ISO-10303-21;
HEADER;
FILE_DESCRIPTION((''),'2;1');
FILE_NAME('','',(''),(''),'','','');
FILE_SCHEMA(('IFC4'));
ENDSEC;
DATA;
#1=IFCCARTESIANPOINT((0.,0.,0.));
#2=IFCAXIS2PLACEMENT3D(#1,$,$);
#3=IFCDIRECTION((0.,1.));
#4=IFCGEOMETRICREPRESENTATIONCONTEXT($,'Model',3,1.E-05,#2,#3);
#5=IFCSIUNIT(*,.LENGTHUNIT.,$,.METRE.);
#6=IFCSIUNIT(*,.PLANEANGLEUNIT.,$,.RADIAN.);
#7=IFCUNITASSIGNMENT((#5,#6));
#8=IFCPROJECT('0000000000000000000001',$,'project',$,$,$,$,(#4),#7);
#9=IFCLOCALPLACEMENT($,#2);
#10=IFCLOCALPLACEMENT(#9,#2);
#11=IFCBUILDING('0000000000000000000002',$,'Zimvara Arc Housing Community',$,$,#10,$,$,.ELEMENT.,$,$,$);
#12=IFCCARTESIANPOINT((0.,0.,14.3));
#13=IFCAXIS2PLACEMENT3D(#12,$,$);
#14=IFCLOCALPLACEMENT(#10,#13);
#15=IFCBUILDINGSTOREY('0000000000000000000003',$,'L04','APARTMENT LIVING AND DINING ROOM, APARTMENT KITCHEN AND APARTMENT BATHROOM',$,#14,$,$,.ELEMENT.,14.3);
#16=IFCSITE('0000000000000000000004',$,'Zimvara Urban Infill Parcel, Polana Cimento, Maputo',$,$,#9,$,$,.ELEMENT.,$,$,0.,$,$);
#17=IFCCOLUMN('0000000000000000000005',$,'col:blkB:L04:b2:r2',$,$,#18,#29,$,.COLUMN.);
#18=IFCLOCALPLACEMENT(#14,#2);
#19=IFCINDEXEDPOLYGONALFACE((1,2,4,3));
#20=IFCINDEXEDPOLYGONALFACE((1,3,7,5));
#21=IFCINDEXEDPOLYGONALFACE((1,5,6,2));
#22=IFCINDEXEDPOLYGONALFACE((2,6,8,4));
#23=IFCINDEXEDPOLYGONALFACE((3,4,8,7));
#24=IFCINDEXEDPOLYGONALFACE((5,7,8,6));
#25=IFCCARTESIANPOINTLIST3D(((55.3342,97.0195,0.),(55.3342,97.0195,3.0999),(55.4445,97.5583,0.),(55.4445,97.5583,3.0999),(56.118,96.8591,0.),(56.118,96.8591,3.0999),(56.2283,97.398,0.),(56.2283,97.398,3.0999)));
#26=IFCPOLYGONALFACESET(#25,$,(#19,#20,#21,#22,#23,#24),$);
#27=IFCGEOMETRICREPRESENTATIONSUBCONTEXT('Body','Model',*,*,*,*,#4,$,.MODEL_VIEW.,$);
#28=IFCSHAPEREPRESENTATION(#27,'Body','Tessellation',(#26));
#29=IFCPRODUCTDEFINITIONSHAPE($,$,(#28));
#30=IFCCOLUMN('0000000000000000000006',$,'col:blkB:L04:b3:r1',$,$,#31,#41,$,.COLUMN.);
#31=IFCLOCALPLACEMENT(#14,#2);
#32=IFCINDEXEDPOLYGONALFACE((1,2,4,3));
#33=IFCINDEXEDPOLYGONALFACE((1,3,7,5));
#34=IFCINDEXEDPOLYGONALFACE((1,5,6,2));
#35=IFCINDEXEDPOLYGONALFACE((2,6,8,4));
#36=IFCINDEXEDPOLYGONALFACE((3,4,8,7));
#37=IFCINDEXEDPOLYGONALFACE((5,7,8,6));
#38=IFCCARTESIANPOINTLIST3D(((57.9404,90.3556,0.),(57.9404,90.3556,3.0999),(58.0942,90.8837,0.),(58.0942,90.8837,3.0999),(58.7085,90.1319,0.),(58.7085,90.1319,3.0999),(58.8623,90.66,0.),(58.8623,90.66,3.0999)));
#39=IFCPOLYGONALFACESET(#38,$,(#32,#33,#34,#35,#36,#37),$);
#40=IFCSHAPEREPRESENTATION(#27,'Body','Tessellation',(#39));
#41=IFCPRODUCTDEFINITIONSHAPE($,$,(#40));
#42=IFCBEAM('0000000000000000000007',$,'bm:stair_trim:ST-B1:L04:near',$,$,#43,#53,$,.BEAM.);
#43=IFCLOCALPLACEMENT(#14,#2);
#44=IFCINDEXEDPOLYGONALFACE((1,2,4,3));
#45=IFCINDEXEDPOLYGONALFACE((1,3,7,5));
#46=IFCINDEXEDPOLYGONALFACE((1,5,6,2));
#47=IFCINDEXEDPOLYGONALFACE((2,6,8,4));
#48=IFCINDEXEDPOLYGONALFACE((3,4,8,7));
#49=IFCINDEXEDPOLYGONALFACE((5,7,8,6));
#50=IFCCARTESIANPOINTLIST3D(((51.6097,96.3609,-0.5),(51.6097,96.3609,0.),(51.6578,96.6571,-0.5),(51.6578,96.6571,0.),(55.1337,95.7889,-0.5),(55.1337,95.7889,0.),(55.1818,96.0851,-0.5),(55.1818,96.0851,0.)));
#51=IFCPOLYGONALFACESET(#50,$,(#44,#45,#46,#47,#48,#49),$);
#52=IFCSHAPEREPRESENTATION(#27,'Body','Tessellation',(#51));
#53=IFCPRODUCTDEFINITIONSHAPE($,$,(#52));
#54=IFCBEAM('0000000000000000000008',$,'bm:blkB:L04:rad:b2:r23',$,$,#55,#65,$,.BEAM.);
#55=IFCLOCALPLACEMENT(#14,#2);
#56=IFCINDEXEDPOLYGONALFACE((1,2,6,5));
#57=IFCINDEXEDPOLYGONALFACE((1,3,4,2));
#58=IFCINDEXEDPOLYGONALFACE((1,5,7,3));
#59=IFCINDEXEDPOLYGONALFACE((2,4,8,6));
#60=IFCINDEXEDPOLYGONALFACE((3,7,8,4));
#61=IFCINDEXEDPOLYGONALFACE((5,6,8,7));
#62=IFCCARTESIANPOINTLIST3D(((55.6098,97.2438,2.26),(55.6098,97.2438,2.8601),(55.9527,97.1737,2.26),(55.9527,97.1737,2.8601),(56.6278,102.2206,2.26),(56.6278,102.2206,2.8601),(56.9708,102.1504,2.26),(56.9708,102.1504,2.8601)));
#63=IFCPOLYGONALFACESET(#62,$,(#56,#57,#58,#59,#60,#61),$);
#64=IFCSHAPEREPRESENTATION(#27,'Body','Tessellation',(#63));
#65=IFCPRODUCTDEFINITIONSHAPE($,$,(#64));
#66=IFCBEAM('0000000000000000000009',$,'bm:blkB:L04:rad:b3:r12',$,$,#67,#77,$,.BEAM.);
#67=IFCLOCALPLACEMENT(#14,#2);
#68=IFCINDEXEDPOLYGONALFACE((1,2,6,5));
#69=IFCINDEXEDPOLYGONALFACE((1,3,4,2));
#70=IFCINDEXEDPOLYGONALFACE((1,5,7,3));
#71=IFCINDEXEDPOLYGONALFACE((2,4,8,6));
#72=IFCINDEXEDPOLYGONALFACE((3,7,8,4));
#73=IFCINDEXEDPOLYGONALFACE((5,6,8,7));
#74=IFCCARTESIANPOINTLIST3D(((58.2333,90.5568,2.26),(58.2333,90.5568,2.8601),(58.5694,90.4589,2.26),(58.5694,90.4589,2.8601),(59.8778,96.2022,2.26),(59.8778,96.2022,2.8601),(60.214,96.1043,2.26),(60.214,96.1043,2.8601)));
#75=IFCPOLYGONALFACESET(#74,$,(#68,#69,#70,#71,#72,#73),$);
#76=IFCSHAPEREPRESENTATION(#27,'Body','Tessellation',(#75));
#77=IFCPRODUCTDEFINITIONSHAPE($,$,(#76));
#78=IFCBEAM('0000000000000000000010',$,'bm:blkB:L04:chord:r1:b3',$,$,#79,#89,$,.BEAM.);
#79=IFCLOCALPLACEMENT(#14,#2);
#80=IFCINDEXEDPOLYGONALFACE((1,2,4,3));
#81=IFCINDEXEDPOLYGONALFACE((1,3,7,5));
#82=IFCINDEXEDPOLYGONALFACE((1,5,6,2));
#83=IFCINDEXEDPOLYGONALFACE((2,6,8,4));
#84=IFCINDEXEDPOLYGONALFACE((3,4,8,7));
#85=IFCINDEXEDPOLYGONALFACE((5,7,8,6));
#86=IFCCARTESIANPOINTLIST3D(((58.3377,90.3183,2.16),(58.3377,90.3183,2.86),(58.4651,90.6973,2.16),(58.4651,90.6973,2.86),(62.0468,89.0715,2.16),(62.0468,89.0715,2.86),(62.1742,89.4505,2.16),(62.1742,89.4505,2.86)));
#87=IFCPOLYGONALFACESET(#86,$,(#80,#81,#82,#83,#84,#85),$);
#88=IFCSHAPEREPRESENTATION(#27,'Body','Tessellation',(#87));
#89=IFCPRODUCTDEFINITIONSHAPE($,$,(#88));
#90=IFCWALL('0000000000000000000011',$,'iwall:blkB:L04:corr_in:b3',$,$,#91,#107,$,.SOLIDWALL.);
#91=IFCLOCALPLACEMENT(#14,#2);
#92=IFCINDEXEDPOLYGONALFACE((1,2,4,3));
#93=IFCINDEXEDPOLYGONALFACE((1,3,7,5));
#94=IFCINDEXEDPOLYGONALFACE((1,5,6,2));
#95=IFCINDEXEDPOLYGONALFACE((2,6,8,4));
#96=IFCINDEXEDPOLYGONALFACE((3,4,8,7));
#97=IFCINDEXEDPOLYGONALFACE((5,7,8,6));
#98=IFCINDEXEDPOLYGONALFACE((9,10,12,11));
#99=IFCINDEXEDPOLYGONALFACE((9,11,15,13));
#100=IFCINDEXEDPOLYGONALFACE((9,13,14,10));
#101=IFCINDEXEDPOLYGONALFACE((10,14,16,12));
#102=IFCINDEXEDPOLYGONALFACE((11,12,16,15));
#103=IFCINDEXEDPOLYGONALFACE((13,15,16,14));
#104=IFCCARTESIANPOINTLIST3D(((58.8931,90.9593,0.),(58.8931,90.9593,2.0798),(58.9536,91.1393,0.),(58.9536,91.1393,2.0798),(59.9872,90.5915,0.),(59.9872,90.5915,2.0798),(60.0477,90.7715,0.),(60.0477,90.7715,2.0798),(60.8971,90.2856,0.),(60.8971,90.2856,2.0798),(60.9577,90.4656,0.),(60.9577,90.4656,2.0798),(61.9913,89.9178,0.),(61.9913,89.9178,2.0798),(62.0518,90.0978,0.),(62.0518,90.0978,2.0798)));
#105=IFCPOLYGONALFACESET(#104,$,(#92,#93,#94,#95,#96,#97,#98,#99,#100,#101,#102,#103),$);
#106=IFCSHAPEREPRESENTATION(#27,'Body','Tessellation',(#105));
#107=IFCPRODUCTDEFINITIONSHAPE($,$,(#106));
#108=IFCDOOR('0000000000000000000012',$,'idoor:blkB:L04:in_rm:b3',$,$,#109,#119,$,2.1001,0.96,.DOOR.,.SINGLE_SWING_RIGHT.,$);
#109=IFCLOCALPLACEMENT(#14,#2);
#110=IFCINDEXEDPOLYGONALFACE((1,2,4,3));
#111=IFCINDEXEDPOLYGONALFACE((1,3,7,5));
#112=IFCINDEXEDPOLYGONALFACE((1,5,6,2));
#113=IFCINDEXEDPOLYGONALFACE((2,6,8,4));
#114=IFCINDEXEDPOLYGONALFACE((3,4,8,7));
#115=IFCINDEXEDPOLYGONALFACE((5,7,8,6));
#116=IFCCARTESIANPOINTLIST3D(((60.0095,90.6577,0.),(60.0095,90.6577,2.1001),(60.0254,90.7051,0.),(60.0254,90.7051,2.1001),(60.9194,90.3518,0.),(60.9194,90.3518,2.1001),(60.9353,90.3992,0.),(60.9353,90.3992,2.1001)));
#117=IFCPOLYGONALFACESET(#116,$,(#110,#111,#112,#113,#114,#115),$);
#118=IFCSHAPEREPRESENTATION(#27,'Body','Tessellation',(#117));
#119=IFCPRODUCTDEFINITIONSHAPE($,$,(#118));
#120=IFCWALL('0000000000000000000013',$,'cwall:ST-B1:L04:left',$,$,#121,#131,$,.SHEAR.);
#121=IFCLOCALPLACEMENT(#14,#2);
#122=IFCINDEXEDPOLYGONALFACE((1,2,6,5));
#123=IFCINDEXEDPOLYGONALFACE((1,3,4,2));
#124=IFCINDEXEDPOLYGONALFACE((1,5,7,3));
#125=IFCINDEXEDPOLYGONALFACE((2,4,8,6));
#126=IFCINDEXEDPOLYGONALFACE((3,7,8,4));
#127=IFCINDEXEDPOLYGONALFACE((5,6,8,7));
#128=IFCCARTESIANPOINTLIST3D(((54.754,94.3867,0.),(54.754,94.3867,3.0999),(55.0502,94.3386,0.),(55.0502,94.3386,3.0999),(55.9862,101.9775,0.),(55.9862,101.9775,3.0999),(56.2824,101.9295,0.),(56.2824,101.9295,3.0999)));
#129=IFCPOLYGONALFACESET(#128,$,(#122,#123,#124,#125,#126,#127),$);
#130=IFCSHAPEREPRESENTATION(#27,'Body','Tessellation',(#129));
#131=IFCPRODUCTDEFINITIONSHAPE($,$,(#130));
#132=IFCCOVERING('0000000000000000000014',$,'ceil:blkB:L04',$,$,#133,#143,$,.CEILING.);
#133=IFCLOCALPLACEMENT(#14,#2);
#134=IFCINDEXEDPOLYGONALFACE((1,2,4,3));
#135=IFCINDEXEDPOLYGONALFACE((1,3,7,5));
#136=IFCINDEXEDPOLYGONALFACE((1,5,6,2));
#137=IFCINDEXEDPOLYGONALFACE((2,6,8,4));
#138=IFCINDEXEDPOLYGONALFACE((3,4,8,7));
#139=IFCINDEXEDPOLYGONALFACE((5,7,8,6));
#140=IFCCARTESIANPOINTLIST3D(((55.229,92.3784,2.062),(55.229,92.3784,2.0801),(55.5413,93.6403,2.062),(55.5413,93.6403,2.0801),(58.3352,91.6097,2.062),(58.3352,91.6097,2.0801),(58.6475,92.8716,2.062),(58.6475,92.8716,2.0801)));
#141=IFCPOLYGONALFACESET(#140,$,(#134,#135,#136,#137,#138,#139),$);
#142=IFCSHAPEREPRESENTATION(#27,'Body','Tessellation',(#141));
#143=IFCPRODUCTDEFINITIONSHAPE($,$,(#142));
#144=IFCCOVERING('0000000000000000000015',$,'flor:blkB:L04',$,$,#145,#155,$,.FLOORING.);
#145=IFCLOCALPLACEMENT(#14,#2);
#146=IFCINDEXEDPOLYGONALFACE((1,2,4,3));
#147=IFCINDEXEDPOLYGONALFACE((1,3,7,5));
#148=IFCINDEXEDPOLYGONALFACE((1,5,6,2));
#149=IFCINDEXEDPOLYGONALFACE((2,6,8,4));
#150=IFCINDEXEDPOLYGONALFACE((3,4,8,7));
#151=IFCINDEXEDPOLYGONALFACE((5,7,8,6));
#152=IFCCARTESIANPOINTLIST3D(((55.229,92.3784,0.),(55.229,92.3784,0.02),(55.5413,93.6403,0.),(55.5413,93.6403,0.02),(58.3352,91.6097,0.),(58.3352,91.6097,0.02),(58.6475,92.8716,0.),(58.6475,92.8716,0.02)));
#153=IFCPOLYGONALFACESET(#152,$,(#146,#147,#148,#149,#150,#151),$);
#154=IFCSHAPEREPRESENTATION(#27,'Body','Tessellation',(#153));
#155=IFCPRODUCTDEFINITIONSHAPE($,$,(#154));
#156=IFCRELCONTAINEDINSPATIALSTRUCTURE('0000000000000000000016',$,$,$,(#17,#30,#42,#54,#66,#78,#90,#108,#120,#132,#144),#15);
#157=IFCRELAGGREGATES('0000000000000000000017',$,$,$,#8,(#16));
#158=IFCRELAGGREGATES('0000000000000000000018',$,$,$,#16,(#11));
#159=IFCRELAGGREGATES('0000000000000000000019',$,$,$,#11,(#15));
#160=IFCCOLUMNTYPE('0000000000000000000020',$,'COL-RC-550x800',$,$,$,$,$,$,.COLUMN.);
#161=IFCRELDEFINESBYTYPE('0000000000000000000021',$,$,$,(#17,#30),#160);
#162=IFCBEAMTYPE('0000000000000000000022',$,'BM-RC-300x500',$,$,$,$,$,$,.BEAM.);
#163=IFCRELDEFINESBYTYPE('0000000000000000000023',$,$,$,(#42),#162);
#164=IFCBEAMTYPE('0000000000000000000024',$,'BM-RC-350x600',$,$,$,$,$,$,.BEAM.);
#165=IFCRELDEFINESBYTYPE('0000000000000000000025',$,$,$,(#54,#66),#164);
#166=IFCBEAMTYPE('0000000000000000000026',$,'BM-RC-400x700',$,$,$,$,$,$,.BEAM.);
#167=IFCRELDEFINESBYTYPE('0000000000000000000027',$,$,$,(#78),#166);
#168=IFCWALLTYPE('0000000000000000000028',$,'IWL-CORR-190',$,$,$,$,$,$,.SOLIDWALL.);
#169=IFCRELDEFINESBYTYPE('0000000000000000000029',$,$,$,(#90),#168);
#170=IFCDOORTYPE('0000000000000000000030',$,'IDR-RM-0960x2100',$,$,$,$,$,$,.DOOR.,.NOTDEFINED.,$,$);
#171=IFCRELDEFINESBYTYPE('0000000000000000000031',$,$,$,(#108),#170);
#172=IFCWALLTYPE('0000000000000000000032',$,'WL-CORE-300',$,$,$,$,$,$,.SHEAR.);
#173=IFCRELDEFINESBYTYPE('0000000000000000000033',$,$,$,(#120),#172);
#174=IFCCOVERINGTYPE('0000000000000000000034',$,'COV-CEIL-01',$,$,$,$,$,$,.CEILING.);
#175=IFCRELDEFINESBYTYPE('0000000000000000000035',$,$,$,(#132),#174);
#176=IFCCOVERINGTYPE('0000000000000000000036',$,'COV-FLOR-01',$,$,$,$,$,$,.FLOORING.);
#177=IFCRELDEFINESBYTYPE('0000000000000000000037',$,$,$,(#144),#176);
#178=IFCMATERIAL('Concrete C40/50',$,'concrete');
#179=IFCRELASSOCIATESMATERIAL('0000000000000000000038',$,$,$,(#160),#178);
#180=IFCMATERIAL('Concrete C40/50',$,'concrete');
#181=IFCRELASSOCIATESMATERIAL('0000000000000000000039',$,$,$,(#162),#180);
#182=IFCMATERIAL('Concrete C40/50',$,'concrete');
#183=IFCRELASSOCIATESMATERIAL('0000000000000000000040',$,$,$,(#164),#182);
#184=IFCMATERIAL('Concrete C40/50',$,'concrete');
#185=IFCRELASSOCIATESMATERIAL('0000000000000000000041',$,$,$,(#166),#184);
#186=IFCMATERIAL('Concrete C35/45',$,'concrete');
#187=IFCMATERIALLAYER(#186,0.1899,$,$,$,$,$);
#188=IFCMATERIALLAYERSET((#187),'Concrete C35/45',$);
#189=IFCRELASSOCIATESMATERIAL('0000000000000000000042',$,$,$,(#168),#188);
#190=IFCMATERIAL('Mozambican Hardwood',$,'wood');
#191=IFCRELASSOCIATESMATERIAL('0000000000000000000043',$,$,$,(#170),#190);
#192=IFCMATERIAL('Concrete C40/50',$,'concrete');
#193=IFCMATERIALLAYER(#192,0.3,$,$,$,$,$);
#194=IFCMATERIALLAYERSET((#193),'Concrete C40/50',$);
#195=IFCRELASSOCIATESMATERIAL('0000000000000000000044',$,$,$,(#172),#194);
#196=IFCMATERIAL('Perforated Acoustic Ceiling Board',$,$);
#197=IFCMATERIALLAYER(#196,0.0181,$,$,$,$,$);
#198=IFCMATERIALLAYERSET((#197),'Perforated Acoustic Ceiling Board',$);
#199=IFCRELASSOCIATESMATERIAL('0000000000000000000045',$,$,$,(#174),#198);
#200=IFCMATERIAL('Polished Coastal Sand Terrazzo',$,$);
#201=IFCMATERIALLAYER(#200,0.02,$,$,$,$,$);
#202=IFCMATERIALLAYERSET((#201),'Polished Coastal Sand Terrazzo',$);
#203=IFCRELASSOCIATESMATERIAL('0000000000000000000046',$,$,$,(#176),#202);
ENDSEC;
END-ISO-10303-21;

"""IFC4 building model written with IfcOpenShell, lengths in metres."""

from ifc_helpers import new_model, si_unit, direction, frame, frame_2d, origin, origin_2d, place, context, subcontext, project, spatial, rectangle, extrude, material, layer, layer_set, material_profile, profile_set, type_object, element, fill, save


model = new_model("IFC4")

# Units and contexts
model_context = context("Model", 3, precision=1e-05, world=origin(), true_north=direction((0.0, 1.0)))
body_context = subcontext(model_context, "Body", "Model", "MODEL_VIEW")
ifc_project = project(units=[si_unit("LENGTHUNIT", "METRE"), si_unit("PLANEANGLEUNIT", "RADIAN")], contexts=[model_context])

# Site, building, storey
site_placement = place(None, origin())
site = spatial("IfcSite", under=ifc_project, at=site_placement, Name="Zimvara Urban Infill Parcel, Polana Cimento, Maputo", CompositionType="ELEMENT", RefElevation=0.0)
building_placement = place(site_placement, origin())
building = spatial("IfcBuilding", under=site, at=building_placement, Name="Zimvara Arc Housing Community", CompositionType="ELEMENT")
storey_placement = place(building_placement, frame((0.0, 0.0, 14.3)))
storey = spatial("IfcBuildingStorey", under=building, at=storey_placement, Name="L04", Description="APARTMENT LIVING AND DINING ROOM, APARTMENT KITCHEN AND APARTMENT BATHROOM", CompositionType="ELEMENT", Elevation=14.3)

# Columns
ifc_material_1 = material(Name="Concrete C40/50", Category="concrete")
ifc_material_profile_1 = material_profile(ifc_material_1, rectangle(XDim=0.55, YDim=0.8, at=origin_2d()), Name="RC 550x800")
ifc_profile_set_1 = profile_set([ifc_material_profile_1], Name="Concrete C40/50")
column_type = type_object("IfcColumnType", Name="COL-RC-550x800", PredefinedType="COLUMN", material=ifc_profile_set_1)
for number, where, z_axis, x_axis, name in (
    (1, (55.7812, 97.2087, 0.0), (0.0, 0.0, 1.0), (0.200394, 0.979715, 0.0), "col:blkB:L04:b2:r2"),
    (2, (58.4014, 90.5078, 0.0), (0.0, 0.0, 1.0), (0.279661, 0.960099, 0.0), "col:blkB:L04:b3:r1"),
):
    element("IfcColumn", number, at=place(storey_placement, frame(where, z_axis=z_axis, x_axis=x_axis)), inside=storey, type_object=column_type, Name=name, PredefinedType="COLUMN", context=body_context, shape_type="SweptSolid", body=[
        extrude(rectangle(XDim=0.55, YDim=0.8, at=origin_2d()), origin(), (0.0, 0.0, 1.0), 3.0999),
    ])

# Beams
ifc_material_2 = material(Name="Concrete C40/50", Category="concrete")
ifc_material_profile_2 = material_profile(ifc_material_2, rectangle(XDim=0.3, YDim=0.5, at=origin_2d()), Name="RC 300x500")
ifc_profile_set_2 = profile_set([ifc_material_profile_2], Name="Concrete C40/50")
beam_type_1 = type_object("IfcBeamType", Name="BM-RC-300x500", PredefinedType="BEAM", material=ifc_profile_set_2)
beam_1_placement = place(storey_placement, frame((55.1577, 95.937, -0.25), z_axis=(-0.98708, 0.160228, 0.0), x_axis=(-0.160228, -0.98708, 0.0)))
element("IfcBeam", 3, at=beam_1_placement, inside=storey, type_object=beam_type_1, Name="bm:stair_trim:ST-B1:L04:near", PredefinedType="BEAM", context=body_context, shape_type="SweptSolid", body=[
    extrude(rectangle(XDim=0.3, YDim=0.5, at=origin_2d()), origin(), (0.0, 0.0, 1.0), 3.5701),
])
ifc_material_3 = material(Name="Concrete C40/50", Category="concrete")
ifc_material_profile_3 = material_profile(ifc_material_3, rectangle(XDim=0.3501, YDim=0.6001, at=origin_2d()), Name="RC 350x600")
ifc_profile_set_3 = profile_set([ifc_material_profile_3], Name="Concrete C40/50")
beam_type_2 = type_object("IfcBeamType", Name="BM-RC-350x600", PredefinedType="BEAM", material=ifc_profile_set_3)
beam_2_placement = place(storey_placement, frame((55.7812, 97.2087, 2.5601), z_axis=(0.200412, 0.979712, 0.0), x_axis=(-0.979712, 0.200412, 0.0)))
element("IfcBeam", 4, at=beam_2_placement, inside=storey, type_object=beam_type_2, Name="bm:blkB:L04:rad:b2:r23", PredefinedType="BEAM", context=body_context, shape_type="SweptSolid", body=[
    extrude(rectangle(XDim=0.3501, YDim=0.6001, at=origin_2d()), origin(), (0.0, 0.0, 1.0), 5.0798),
])
beam_3_placement = place(storey_placement, frame((58.4014, 90.5078, 2.5601), z_axis=(0.279675, 0.960095, 0.0), x_axis=(-0.960095, 0.279675, 0.0)))
element("IfcBeam", 5, at=beam_3_placement, inside=storey, type_object=beam_type_2, Name="bm:blkB:L04:rad:b3:r12", PredefinedType="BEAM", context=body_context, shape_type="SweptSolid", body=[
    extrude(rectangle(XDim=0.3501, YDim=0.6001, at=origin_2d()), origin(), (0.0, 0.0, 1.0), 5.8801),
])
ifc_material_4 = material(Name="Concrete C40/50", Category="concrete")
ifc_material_profile_4 = material_profile(ifc_material_4, rectangle(XDim=0.3999, YDim=0.7, at=origin_2d()), Name="RC 400x700")
ifc_profile_set_4 = profile_set([ifc_material_profile_4], Name="Concrete C40/50")
beam_type_3 = type_object("IfcBeamType", Name="BM-RC-400x700", PredefinedType="BEAM", material=ifc_profile_set_4)
beam_4_placement = place(storey_placement, frame((58.4014, 90.5078, 2.51), z_axis=(0.947882, -0.318623, 0.0), x_axis=(0.318623, 0.947882, 0.0)))
element("IfcBeam", 6, at=beam_4_placement, inside=storey, type_object=beam_type_3, Name="bm:blkB:L04:chord:r1:b3", PredefinedType="BEAM", context=body_context, shape_type="SweptSolid", body=[
    extrude(rectangle(XDim=0.3999, YDim=0.7, at=origin_2d()), origin(), (0.0, 0.0, 1.0), 3.9131),
])

# Wall, opening, door
ifc_material_5 = material(Name="Concrete C35/45", Category="concrete")
ifc_layer_1 = layer(ifc_material_5, 0.1899)
ifc_layer_set_1 = layer_set([ifc_layer_1], Name="Concrete C35/45")
wall_type_1 = type_object("IfcWallType", Name="IWL-CORR-190", PredefinedType="SOLIDWALL", material=ifc_layer_set_1)
wall_1_placement = place(storey_placement, frame((58.9233, 91.0493, 0.0), z_axis=(0.0, 0.0, 1.0), x_axis=(0.947874, -0.318647, 0.0)))
wall_1 = element("IfcWall", 7, at=wall_1_placement, inside=storey, type_object=wall_type_1, Name="iwall:blkB:L04:corr_in:b3", PredefinedType="SOLIDWALL", context=body_context, shape_type="SweptSolid", body=[
    extrude(rectangle(XDim=3.2686, YDim=0.1899, at=frame_2d((1.6343, 0.0))), origin(), (0.0, 0.0, 1.0), 2.0798),
])
opening_1_placement = place(wall_1_placement, frame((1.1543, 0.0, 0.0)))
opening_1 = element("IfcOpeningElement", 8, at=opening_1_placement, cuts=wall_1, PredefinedType="OPENING", context=body_context, shape_type="SweptSolid", body=[
    extrude(rectangle(XDim=0.96, YDim=2.1001, at=frame_2d((0.48, 1.05))), frame((0.0, 0.105, 0.0), z_axis=(0.0, -1.0, 0.0), x_axis=(1.0, 0.0, 0.0)), (0.0, 0.0, 1.0), 0.21),
])
ifc_material_6 = material(Name="Mozambican Hardwood", Category="wood")
door_type_1 = type_object("IfcDoorType", Name="IDR-RM-0960x2100", OperationType="NOTDEFINED", PredefinedType="DOOR", material=ifc_material_6)
door_1_placement = place(opening_1_placement, origin())
door_1 = element("IfcDoor", 9, at=door_1_placement, inside=storey, type_object=door_type_1, Name="idoor:blkB:L04:in_rm:b3", OperationType="SINGLE_SWING_RIGHT", OverallHeight=2.1001, OverallWidth=0.96, PredefinedType="DOOR", context=body_context, shape_type="SweptSolid", body=[
    extrude(rectangle(XDim=0.96, YDim=2.1001, at=frame_2d((0.48, 1.05))), frame((0.0, 0.0249, 0.0), z_axis=(0.0, -1.0, 0.0), x_axis=(1.0, 0.0, 0.0)), (0.0, 0.0, 1.0), 0.05),
])
fill(opening_1, door_1)
ifc_material_7 = material(Name="Concrete C40/50", Category="concrete")
ifc_layer_2 = layer(ifc_material_7, 0.3)
ifc_layer_set_2 = layer_set([ifc_layer_2], Name="Concrete C40/50")
wall_type_2 = type_object("IfcWallType", Name="WL-CORE-300", PredefinedType="SHEAR", material=ifc_layer_set_2)

# Wall
wall_2_placement = place(storey_placement, frame((54.9021, 94.3625, 0.0), z_axis=(0.0, 0.0, 1.0), x_axis=(0.160227, 0.98708, 0.0)))
element("IfcWall", 10, at=wall_2_placement, inside=storey, type_object=wall_type_2, Name="cwall:ST-B1:L04:left", PredefinedType="SHEAR", context=body_context, shape_type="SweptSolid", body=[
    extrude(rectangle(XDim=7.6902, YDim=0.3, at=frame_2d((3.8452, 0.0))), origin(), (0.0, 0.0, 1.0), 3.0999),
])

# Coverings
ifc_material_8 = material(Name="Perforated Acoustic Ceiling Board")
ifc_layer_3 = layer(ifc_material_8, 0.0181)
ifc_layer_set_3 = layer_set([ifc_layer_3], Name="Perforated Acoustic Ceiling Board")
covering_type_1 = type_object("IfcCoveringType", Name="COV-CEIL-01", PredefinedType="CEILING", material=ifc_layer_set_3)
covering_1_placement = place(storey_placement, frame((56.9382, 92.625, 2.062), z_axis=(0.0, 0.0, 1.0), x_axis=(0.240228, 0.970716, 0.0)))
element("IfcCovering", 11, at=covering_1_placement, inside=storey, type_object=covering_type_1, Name="ceil:blkB:L04", PredefinedType="CEILING", context=body_context, shape_type="SweptSolid", body=[
    extrude(rectangle(XDim=1.3, YDim=3.2, at=origin_2d()), origin(), (0.0, 0.0, 1.0), 0.0181),
])
ifc_material_9 = material(Name="Polished Coastal Sand Terrazzo")
ifc_layer_4 = layer(ifc_material_9, 0.02)
ifc_layer_set_4 = layer_set([ifc_layer_4], Name="Polished Coastal Sand Terrazzo")
covering_type_2 = type_object("IfcCoveringType", Name="COV-FLOR-01", PredefinedType="FLOORING", material=ifc_layer_set_4)
covering_2_placement = place(storey_placement, frame((56.9382, 92.625, 0.0), z_axis=(0.0, 0.0, 1.0), x_axis=(0.240228, 0.970716, 0.0)))
element("IfcCovering", 12, at=covering_2_placement, inside=storey, type_object=covering_type_2, Name="flor:blkB:L04", PredefinedType="FLOORING", context=body_context, shape_type="SweptSolid", body=[
    extrude(rectangle(XDim=1.3, YDim=3.2, at=origin_2d()), origin(), (0.0, 0.0, 1.0), 0.02),
])

save(model, "model.ifc")
